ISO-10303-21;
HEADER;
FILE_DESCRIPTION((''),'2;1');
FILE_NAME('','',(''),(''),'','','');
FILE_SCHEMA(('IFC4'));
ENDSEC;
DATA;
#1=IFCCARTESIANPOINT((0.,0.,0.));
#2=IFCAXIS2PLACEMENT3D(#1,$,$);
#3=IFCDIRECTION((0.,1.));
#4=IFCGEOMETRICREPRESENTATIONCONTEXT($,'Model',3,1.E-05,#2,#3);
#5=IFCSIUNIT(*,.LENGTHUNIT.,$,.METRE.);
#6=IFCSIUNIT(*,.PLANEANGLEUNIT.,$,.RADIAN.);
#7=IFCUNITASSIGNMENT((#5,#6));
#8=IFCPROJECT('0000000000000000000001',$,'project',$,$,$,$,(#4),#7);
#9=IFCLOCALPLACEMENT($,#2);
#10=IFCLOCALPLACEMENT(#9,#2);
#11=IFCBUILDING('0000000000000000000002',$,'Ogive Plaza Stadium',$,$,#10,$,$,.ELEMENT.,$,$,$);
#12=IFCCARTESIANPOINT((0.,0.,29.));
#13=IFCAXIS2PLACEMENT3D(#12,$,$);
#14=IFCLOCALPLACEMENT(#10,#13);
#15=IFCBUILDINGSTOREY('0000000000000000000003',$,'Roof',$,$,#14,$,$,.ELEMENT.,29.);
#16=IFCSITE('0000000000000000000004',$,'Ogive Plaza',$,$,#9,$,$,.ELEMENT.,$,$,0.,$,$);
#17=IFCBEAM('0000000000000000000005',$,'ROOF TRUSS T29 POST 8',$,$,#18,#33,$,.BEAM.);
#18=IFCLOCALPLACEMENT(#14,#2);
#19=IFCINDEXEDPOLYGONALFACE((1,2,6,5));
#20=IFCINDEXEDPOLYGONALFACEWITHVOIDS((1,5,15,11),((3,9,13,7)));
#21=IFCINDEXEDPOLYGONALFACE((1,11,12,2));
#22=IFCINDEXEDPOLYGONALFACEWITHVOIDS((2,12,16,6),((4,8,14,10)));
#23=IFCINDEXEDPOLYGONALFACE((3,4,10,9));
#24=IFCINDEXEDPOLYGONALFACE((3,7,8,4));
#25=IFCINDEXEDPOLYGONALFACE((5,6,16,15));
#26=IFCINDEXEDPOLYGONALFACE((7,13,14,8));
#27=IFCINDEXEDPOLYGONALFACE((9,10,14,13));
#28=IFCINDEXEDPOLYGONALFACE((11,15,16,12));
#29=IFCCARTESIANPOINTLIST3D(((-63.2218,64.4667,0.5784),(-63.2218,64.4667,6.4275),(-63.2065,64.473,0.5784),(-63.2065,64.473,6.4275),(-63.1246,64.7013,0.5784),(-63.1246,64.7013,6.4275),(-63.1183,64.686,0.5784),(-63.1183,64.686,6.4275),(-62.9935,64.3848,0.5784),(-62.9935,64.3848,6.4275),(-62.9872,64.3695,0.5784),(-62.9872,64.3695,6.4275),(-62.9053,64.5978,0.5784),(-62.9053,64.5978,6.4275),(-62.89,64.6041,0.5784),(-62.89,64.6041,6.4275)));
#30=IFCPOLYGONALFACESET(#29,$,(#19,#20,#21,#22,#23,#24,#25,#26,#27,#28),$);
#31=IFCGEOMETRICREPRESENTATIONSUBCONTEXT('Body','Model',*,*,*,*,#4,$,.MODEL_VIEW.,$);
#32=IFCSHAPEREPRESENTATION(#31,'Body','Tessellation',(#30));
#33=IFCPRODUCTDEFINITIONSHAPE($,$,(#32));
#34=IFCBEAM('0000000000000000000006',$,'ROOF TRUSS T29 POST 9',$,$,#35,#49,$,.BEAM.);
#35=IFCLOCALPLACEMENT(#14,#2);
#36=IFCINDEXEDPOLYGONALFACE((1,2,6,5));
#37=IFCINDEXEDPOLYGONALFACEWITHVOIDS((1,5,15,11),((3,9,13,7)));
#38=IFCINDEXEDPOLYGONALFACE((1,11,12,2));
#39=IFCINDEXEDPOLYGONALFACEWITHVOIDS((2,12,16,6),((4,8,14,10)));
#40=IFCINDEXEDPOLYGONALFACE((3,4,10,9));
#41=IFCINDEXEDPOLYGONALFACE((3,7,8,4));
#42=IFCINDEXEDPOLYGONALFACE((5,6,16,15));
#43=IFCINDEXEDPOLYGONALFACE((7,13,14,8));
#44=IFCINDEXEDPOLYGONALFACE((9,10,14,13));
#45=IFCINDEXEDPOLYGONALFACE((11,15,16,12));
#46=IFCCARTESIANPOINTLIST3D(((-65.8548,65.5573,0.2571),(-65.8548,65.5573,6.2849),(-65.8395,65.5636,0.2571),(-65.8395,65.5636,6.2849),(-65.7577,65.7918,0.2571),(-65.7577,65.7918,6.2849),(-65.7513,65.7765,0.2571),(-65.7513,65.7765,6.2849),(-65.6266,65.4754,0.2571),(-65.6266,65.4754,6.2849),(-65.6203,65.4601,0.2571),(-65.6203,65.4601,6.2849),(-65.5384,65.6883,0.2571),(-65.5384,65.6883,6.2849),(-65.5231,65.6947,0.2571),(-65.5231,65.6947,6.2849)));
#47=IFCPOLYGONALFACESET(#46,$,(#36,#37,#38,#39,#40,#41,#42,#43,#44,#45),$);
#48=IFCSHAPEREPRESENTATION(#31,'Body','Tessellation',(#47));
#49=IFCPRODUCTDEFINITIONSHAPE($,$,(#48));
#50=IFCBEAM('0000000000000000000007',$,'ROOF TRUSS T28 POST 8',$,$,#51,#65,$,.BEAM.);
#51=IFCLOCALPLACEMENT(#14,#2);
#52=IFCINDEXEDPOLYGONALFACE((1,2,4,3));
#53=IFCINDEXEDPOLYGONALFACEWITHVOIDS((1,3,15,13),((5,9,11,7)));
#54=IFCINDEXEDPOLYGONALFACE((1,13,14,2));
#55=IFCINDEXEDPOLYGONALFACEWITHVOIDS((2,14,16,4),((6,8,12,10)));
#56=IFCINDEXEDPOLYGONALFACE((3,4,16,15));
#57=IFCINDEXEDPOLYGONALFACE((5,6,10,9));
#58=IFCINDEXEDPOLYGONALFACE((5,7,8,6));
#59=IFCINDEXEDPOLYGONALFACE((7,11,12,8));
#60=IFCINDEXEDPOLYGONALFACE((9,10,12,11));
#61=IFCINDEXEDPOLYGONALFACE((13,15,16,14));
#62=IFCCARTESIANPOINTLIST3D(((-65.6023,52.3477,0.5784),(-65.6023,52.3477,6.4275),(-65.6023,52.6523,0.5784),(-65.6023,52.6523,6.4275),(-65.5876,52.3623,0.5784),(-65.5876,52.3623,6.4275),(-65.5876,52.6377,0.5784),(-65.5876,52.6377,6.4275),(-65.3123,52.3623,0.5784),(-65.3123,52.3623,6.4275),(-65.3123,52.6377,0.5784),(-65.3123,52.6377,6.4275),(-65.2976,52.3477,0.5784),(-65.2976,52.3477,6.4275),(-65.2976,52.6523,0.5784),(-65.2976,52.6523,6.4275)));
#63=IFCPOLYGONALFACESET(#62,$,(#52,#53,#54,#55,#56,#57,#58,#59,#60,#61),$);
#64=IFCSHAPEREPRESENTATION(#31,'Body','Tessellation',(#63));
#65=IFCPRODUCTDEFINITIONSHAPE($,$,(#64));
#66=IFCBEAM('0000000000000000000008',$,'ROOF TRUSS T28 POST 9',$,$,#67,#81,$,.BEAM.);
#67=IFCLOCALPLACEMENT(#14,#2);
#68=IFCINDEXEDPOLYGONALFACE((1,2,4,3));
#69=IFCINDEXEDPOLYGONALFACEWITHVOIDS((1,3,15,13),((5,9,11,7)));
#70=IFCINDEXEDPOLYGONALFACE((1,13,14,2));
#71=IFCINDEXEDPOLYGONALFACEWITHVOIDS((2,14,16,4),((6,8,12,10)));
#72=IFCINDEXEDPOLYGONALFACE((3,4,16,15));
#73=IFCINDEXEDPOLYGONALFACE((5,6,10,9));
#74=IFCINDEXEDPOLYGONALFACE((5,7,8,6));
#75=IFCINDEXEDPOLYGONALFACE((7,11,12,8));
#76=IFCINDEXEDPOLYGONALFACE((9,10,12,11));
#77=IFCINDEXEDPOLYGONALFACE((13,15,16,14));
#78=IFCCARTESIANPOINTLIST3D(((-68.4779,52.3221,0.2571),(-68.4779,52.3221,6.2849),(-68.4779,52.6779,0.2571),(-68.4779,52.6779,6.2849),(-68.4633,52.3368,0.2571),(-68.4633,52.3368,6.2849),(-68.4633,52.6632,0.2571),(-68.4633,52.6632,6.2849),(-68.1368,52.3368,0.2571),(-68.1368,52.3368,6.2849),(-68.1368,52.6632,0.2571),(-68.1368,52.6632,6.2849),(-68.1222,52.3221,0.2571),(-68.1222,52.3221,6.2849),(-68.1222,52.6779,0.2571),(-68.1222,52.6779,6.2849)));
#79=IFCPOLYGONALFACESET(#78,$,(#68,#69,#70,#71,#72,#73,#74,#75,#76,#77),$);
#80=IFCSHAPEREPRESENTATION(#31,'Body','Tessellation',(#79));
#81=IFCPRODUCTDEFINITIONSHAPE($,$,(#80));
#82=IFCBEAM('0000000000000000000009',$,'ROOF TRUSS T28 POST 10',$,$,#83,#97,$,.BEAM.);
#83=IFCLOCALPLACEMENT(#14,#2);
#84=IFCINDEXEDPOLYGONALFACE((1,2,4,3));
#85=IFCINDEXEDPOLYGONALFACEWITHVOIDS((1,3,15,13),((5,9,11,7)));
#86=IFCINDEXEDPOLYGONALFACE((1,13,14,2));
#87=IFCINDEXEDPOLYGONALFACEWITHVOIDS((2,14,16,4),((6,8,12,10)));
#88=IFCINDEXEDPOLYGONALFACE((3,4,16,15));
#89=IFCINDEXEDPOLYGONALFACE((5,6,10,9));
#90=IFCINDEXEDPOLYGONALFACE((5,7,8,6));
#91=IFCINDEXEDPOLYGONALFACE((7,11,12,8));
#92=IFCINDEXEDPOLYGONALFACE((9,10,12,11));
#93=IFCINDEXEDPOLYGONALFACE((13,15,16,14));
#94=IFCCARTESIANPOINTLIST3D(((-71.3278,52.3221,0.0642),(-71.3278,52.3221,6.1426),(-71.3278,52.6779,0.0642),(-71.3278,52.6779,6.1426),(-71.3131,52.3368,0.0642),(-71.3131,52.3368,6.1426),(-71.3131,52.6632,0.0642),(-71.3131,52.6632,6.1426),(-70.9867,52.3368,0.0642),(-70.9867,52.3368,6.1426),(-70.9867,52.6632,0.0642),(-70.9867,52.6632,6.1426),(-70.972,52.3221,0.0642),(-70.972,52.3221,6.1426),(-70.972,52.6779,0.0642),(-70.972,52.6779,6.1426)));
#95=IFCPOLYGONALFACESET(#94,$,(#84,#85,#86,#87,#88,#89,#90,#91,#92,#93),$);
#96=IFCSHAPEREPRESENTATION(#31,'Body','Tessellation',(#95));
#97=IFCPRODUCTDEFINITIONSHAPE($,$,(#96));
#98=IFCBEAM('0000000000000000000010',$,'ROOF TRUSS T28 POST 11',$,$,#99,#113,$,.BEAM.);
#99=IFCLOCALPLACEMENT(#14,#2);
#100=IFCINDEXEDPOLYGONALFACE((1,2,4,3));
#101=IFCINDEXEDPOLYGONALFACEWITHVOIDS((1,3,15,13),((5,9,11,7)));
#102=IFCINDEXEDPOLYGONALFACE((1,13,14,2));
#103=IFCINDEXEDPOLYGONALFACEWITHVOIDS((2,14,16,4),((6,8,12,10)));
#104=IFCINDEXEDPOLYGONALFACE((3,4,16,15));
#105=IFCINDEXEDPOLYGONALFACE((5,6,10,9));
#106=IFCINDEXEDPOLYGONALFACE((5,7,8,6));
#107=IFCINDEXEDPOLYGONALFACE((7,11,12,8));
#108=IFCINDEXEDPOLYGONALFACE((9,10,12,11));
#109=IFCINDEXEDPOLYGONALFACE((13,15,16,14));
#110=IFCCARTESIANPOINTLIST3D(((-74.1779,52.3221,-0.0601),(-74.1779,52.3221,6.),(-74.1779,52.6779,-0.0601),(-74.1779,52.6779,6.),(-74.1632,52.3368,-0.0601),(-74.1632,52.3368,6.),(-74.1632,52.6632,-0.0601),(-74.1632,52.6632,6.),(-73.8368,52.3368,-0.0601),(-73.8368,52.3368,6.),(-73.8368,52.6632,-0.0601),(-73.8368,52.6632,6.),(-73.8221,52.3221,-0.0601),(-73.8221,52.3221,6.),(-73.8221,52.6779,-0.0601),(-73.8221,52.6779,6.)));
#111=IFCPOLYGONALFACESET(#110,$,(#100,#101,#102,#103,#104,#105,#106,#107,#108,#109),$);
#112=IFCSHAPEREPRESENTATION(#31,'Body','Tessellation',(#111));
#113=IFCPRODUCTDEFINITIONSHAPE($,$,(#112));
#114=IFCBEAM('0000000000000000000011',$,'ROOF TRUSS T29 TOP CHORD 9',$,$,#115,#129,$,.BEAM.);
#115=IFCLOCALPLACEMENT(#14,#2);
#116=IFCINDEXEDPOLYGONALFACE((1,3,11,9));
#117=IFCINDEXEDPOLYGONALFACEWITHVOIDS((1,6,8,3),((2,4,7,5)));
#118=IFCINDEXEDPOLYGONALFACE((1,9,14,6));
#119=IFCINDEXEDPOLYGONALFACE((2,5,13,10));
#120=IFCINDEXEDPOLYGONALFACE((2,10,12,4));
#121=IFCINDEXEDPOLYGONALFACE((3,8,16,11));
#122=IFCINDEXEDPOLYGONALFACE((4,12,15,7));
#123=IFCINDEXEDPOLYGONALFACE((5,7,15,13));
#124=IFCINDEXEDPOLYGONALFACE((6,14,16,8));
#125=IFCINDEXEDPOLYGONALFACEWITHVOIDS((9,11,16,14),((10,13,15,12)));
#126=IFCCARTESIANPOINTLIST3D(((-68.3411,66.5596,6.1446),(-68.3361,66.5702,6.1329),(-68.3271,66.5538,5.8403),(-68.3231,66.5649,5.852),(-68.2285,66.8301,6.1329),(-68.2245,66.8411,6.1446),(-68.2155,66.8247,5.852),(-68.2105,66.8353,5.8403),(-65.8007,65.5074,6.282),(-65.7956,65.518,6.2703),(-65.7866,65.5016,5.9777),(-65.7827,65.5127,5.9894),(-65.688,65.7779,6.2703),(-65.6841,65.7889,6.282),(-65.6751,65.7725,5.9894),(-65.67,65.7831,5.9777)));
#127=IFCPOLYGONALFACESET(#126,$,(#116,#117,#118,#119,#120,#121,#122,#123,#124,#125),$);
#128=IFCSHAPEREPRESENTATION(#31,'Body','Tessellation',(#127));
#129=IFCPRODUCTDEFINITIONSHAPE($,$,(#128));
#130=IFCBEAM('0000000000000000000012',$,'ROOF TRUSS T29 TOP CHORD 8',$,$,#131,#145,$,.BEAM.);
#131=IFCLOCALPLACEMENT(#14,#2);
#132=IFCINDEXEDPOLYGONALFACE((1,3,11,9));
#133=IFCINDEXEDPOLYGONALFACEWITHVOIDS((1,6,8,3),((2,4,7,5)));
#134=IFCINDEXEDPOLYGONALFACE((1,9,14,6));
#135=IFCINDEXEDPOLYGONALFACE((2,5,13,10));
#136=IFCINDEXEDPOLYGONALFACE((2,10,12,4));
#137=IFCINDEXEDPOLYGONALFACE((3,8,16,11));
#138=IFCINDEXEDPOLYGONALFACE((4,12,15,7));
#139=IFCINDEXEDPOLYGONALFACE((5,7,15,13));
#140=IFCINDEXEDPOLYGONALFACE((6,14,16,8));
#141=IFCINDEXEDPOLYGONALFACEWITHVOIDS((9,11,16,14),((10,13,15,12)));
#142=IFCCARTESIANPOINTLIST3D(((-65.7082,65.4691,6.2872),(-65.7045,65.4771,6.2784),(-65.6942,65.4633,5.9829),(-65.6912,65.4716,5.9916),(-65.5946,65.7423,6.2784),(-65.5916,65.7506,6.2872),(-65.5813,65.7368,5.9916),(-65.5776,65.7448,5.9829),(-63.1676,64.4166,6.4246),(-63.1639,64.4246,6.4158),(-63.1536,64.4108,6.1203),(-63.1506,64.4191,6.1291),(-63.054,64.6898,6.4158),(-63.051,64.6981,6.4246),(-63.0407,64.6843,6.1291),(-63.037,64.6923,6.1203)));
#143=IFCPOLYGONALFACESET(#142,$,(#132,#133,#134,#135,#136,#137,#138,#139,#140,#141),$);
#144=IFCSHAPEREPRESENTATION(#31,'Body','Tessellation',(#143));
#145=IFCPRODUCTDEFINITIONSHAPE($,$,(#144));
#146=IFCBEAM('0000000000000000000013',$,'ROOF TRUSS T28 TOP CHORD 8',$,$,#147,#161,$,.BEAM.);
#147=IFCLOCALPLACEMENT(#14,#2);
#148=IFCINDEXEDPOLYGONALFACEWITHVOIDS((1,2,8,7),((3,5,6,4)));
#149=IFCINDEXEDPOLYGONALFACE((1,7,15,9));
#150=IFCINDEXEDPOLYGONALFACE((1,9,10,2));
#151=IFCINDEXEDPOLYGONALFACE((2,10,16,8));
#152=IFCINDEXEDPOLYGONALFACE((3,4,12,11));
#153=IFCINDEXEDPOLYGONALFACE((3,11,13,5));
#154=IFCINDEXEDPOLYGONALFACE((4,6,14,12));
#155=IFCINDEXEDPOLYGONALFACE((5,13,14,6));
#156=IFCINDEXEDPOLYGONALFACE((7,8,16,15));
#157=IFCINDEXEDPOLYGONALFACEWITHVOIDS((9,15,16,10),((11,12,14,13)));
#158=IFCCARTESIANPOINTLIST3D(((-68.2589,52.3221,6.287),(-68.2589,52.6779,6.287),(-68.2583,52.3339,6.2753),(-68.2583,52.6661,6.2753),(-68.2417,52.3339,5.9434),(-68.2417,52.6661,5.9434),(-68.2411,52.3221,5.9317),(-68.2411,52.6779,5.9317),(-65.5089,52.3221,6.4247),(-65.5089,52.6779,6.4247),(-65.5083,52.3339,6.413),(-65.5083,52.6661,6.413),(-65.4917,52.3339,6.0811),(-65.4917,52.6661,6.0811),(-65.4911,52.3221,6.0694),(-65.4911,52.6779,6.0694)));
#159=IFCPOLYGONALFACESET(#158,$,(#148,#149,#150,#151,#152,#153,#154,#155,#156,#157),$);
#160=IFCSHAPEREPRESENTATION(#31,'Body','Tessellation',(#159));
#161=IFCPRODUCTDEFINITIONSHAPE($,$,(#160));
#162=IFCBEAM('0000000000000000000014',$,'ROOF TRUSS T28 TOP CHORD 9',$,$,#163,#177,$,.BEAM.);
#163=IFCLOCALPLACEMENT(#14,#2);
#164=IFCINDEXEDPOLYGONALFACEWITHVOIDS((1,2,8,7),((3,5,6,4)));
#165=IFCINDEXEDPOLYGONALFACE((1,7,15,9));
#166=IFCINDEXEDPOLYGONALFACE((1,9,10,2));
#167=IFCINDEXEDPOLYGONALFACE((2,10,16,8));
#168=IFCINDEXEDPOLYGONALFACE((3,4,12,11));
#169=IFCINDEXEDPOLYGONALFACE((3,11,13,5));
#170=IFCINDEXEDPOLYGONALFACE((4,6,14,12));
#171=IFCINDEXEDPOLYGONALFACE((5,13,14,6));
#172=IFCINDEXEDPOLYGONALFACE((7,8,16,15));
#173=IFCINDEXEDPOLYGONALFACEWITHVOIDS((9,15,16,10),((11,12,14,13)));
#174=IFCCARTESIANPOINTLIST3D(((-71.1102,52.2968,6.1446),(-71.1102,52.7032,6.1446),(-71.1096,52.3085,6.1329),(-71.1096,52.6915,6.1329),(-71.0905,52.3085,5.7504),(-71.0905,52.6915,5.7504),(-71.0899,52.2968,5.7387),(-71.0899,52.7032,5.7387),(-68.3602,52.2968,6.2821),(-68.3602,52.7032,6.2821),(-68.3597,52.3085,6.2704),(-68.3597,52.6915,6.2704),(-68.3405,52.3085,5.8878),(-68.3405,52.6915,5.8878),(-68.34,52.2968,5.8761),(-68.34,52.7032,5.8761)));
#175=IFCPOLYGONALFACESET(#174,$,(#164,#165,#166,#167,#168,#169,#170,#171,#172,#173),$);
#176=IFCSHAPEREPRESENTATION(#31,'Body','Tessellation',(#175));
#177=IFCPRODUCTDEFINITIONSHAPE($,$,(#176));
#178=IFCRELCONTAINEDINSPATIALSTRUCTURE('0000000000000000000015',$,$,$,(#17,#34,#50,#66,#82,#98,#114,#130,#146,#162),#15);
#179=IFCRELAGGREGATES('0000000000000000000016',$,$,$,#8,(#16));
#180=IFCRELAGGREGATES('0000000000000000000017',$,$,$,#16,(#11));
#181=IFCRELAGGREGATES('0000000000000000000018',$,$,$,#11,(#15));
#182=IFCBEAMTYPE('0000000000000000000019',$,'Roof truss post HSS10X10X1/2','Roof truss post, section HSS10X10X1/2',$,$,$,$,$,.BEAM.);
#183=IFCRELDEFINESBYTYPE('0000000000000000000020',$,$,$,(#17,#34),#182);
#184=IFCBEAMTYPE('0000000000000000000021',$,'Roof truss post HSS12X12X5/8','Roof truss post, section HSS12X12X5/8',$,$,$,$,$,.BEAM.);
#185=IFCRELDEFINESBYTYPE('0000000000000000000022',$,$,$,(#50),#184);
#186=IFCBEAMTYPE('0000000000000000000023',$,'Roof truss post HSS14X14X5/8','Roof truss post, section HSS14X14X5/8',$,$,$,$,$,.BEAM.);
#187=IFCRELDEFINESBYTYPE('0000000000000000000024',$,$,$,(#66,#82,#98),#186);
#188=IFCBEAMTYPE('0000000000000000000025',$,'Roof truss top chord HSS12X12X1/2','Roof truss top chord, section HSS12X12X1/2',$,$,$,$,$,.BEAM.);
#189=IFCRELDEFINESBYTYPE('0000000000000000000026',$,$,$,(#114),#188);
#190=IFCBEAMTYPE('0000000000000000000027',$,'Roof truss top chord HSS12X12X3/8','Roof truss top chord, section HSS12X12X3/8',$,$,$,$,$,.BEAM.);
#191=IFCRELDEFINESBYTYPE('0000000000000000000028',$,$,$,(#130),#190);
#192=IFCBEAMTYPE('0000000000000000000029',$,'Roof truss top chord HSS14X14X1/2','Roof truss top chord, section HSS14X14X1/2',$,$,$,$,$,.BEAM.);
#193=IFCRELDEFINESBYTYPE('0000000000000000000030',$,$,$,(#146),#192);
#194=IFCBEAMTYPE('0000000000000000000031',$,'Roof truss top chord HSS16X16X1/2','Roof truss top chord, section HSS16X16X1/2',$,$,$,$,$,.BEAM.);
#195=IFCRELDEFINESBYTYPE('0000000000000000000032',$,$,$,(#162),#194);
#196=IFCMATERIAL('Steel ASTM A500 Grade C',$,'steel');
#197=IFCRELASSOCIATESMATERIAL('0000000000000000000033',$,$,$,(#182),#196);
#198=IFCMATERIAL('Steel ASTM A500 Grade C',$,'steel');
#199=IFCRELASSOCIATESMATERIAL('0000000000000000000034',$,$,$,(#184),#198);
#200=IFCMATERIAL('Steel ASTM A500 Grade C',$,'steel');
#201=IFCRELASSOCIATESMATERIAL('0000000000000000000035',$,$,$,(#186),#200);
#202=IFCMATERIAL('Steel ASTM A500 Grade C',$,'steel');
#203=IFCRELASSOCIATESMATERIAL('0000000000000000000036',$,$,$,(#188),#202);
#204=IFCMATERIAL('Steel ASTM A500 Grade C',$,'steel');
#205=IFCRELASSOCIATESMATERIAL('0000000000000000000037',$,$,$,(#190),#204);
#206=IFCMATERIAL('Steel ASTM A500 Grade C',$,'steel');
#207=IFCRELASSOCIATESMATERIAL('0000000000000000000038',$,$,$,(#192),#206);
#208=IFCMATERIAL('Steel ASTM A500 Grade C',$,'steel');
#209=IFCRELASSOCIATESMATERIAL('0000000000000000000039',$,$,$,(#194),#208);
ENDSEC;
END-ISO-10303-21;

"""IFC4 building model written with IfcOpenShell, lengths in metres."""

from ifc_helpers import new_model, si_unit, direction, frame, origin, origin_2d, place, context, subcontext, project, spatial, hollow_rectangle, extrude, material, material_profile, profile_set, type_object, element, save


model = new_model("IFC4")

# Units and contexts
model_context = context("Model", 3, precision=1e-05, world=origin(), true_north=direction((0.0, 1.0)))
body_context = subcontext(model_context, "Body", "Model", "MODEL_VIEW")
ifc_project = project(units=[si_unit("LENGTHUNIT", "METRE"), si_unit("PLANEANGLEUNIT", "RADIAN")], contexts=[model_context])

# Site, building, storey
site_placement = place(None, origin())
site = spatial("IfcSite", under=ifc_project, at=site_placement, Name="Ogive Plaza", CompositionType="ELEMENT", RefElevation=0.0)
building_placement = place(site_placement, origin())
building = spatial("IfcBuilding", under=site, at=building_placement, Name="Ogive Plaza Stadium", CompositionType="ELEMENT")
storey_placement = place(building_placement, frame((0.0, 0.0, 29.0)))
storey = spatial("IfcBuildingStorey", under=building, at=storey_placement, Name="Roof", CompositionType="ELEMENT", Elevation=29.0)

# Beams
ifc_material_1 = material(Name="Steel ASTM A500 Grade C", Category="steel")
ifc_material_profile_1 = material_profile(ifc_material_1, hollow_rectangle(XDim=0.2539, YDim=0.2539, WallThickness=0.0117, at=origin_2d()), Name="HSS10X10X1/2")
ifc_profile_set_1 = profile_set([ifc_material_profile_1], Name="Steel ASTM A500 Grade C")
beam_type_1 = type_object("IfcBeamType", Name="Roof truss post HSS10X10X1/2", Description="Roof truss post, section HSS10X10X1/2", PredefinedType="BEAM", material=ifc_profile_set_1)
beam_1_placement = place(storey_placement, frame((-63.0559, 64.5354, 0.5784), z_axis=(0.0, 0.0, 1.0), x_axis=(-0.382683, -0.92388, 0.0)))
element("IfcBeam", 1, at=beam_1_placement, inside=storey, type_object=beam_type_1, Name="ROOF TRUSS T29 POST 8", PredefinedType="BEAM", context=body_context, shape_type="SweptSolid", body=[
    extrude(hollow_rectangle(XDim=0.2539, YDim=0.2539, WallThickness=0.0117, at=origin_2d()), origin(), (0.0, 0.0, 1.0), 5.8491),
])
beam_2_placement = place(storey_placement, frame((-65.689, 65.626, 0.2571), z_axis=(0.0, 0.0, 1.0), x_axis=(-0.382683, -0.92388, 0.0)))
element("IfcBeam", 2, at=beam_2_placement, inside=storey, type_object=beam_type_1, Name="ROOF TRUSS T29 POST 9", PredefinedType="BEAM", context=body_context, shape_type="SweptSolid", body=[
    extrude(hollow_rectangle(XDim=0.2539, YDim=0.2539, WallThickness=0.0117, at=origin_2d()), origin(), (0.0, 0.0, 1.0), 6.0278),
])
ifc_material_2 = material(Name="Steel ASTM A500 Grade C", Category="steel")
ifc_material_profile_2 = material_profile(ifc_material_2, hollow_rectangle(XDim=0.3047, YDim=0.3047, WallThickness=0.0146, at=origin_2d()), Name="HSS12X12X5/8")
ifc_profile_set_2 = profile_set([ifc_material_profile_2], Name="Steel ASTM A500 Grade C")
beam_type_2 = type_object("IfcBeamType", Name="Roof truss post HSS12X12X5/8", Description="Roof truss post, section HSS12X12X5/8", PredefinedType="BEAM", material=ifc_profile_set_2)
beam_3_placement = place(storey_placement, frame((-65.45, 52.5, 0.5784), z_axis=(0.0, 0.0, 1.0), x_axis=(0.0, -1.0, 0.0)))
element("IfcBeam", 3, at=beam_3_placement, inside=storey, type_object=beam_type_2, Name="ROOF TRUSS T28 POST 8", PredefinedType="BEAM", context=body_context, shape_type="SweptSolid", body=[
    extrude(hollow_rectangle(XDim=0.3047, YDim=0.3047, WallThickness=0.0146, at=origin_2d()), origin(), (0.0, 0.0, 1.0), 5.8491),
])
ifc_material_3 = material(Name="Steel ASTM A500 Grade C", Category="steel")
ifc_material_profile_3 = material_profile(ifc_material_3, hollow_rectangle(XDim=0.3557, YDim=0.3557, WallThickness=0.0146, at=origin_2d()), Name="HSS14X14X5/8")
ifc_profile_set_3 = profile_set([ifc_material_profile_3], Name="Steel ASTM A500 Grade C")
beam_type_3 = type_object("IfcBeamType", Name="Roof truss post HSS14X14X5/8", Description="Roof truss post, section HSS14X14X5/8", PredefinedType="BEAM", material=ifc_profile_set_3)
beam_4_placement = place(storey_placement, frame((-68.3, 52.5, 0.2571), z_axis=(0.0, 0.0, 1.0), x_axis=(0.0, -1.0, 0.0)))
element("IfcBeam", 4, at=beam_4_placement, inside=storey, type_object=beam_type_3, Name="ROOF TRUSS T28 POST 9", PredefinedType="BEAM", context=body_context, shape_type="SweptSolid", body=[
    extrude(hollow_rectangle(XDim=0.3557, YDim=0.3557, WallThickness=0.0146, at=origin_2d()), origin(), (0.0, 0.0, 1.0), 6.0278),
])
beam_5_placement = place(storey_placement, frame((-71.1499, 52.5, 0.0642), z_axis=(0.0, 0.0, 1.0), x_axis=(0.0, -1.0, 0.0)))
element("IfcBeam", 5, at=beam_5_placement, inside=storey, type_object=beam_type_3, Name="ROOF TRUSS T28 POST 10", PredefinedType="BEAM", context=body_context, shape_type="SweptSolid", body=[
    extrude(hollow_rectangle(XDim=0.3557, YDim=0.3557, WallThickness=0.0146, at=origin_2d()), origin(), (0.0, 0.0, 1.0), 6.0784),
])
beam_6_placement = place(storey_placement, frame((-74.0, 52.5, -0.0601), z_axis=(0.0, 0.0, 1.0), x_axis=(0.0, -1.0, 0.0)))
element("IfcBeam", 6, at=beam_6_placement, inside=storey, type_object=beam_type_3, Name="ROOF TRUSS T28 POST 11", PredefinedType="BEAM", context=body_context, shape_type="SweptSolid", body=[
    extrude(hollow_rectangle(XDim=0.3557, YDim=0.3557, WallThickness=0.0146, at=origin_2d()), origin(), (0.0, 0.0, 1.0), 6.0601),
])
ifc_material_4 = material(Name="Steel ASTM A500 Grade C", Category="steel")
ifc_material_profile_4 = material_profile(ifc_material_4, hollow_rectangle(XDim=0.3047, YDim=0.3047, WallThickness=0.0117, at=origin_2d()), Name="HSS12X12X1/2")
ifc_profile_set_4 = profile_set([ifc_material_profile_4], Name="Steel ASTM A500 Grade C")
beam_type_4 = type_object("IfcBeamType", Name="Roof truss top chord HSS12X12X1/2", Description="Roof truss top chord, section HSS12X12X1/2", PredefinedType="BEAM", material=ifc_profile_set_4)
beam_7_placement = place(storey_placement, frame((-65.7354, 65.6453, 6.1299), z_axis=(-0.922737, 0.382183, -0.049923), x_axis=(-0.38266, -0.923889, 0.0)))
element("IfcBeam", 7, at=beam_7_placement, inside=storey, type_object=beam_type_4, Name="ROOF TRUSS T29 TOP CHORD 9", PredefinedType="BEAM", context=body_context, shape_type="SweptSolid", body=[
    extrude(hollow_rectangle(XDim=0.3047, YDim=0.3047, WallThickness=0.0117, at=origin_2d()), origin(), (0.0, 0.0, 1.0), 2.7532),
])
ifc_material_5 = material(Name="Steel ASTM A500 Grade C", Category="steel")
ifc_material_profile_5 = material_profile(ifc_material_5, hollow_rectangle(XDim=0.3047, YDim=0.3047, WallThickness=0.0088, at=origin_2d()), Name="HSS12X12X3/8")
ifc_profile_set_5 = profile_set([ifc_material_profile_5], Name="Steel ASTM A500 Grade C")
beam_type_5 = type_object("IfcBeamType", Name="Roof truss top chord HSS12X12X3/8", Description="Roof truss top chord, section HSS12X12X3/8", PredefinedType="BEAM", material=ifc_profile_set_5)
beam_8_placement = place(storey_placement, frame((-63.1023, 64.5544, 6.2725), z_axis=(-0.922706, 0.382259, -0.049922), x_axis=(-0.382736, -0.923858, 0.0)))
element("IfcBeam", 8, at=beam_8_placement, inside=storey, type_object=beam_type_5, Name="ROOF TRUSS T29 TOP CHORD 8", PredefinedType="BEAM", context=body_context, shape_type="SweptSolid", body=[
    extrude(hollow_rectangle(XDim=0.3047, YDim=0.3047, WallThickness=0.0088, at=origin_2d()), origin(), (0.0, 0.0, 1.0), 2.7534),
])
ifc_material_6 = material(Name="Steel ASTM A500 Grade C", Category="steel")
ifc_material_profile_6 = material_profile(ifc_material_6, hollow_rectangle(XDim=0.3557, YDim=0.3557, WallThickness=0.0117, at=origin_2d()), Name="HSS14X14X1/2")
ifc_profile_set_6 = profile_set([ifc_material_profile_6], Name="Steel ASTM A500 Grade C")
beam_type_6 = type_object("IfcBeamType", Name="Roof truss top chord HSS14X14X1/2", Description="Roof truss top chord, section HSS14X14X1/2", PredefinedType="BEAM", material=ifc_profile_set_6)
beam_9_placement = place(storey_placement, frame((-65.5, 52.5, 6.2471), z_axis=(-0.998749, 0.0, -0.050008), x_axis=(0.0, -1.0, 0.0)))
element("IfcBeam", 9, at=beam_9_placement, inside=storey, type_object=beam_type_6, Name="ROOF TRUSS T28 TOP CHORD 8", PredefinedType="BEAM", context=body_context, shape_type="SweptSolid", body=[
    extrude(hollow_rectangle(XDim=0.3557, YDim=0.3557, WallThickness=0.0117, at=origin_2d()), origin(), (0.0, 0.0, 1.0), 2.7534),
])
ifc_material_7 = material(Name="Steel ASTM A500 Grade C", Category="steel")
ifc_material_profile_7 = material_profile(ifc_material_7, hollow_rectangle(XDim=0.4065, YDim=0.4065, WallThickness=0.0117, at=origin_2d()), Name="HSS16X16X1/2")
ifc_profile_set_7 = profile_set([ifc_material_profile_7], Name="Steel ASTM A500 Grade C")
beam_type_7 = type_object("IfcBeamType", Name="Roof truss top chord HSS16X16X1/2", Description="Roof truss top chord, section HSS16X16X1/2", PredefinedType="BEAM", material=ifc_profile_set_7)
beam_10_placement = place(storey_placement, frame((-68.3501, 52.5, 6.0791), z_axis=(-0.998753, 0.0, -0.04992), x_axis=(0.0, -1.0, 0.0)))
element("IfcBeam", 10, at=beam_10_placement, inside=storey, type_object=beam_type_7, Name="ROOF TRUSS T28 TOP CHORD 9", PredefinedType="BEAM", context=body_context, shape_type="SweptSolid", body=[
    extrude(hollow_rectangle(XDim=0.4065, YDim=0.4065, WallThickness=0.0117, at=origin_2d()), origin(), (0.0, 0.0, 1.0), 2.7534),
])

save(model, "model.ifc")
